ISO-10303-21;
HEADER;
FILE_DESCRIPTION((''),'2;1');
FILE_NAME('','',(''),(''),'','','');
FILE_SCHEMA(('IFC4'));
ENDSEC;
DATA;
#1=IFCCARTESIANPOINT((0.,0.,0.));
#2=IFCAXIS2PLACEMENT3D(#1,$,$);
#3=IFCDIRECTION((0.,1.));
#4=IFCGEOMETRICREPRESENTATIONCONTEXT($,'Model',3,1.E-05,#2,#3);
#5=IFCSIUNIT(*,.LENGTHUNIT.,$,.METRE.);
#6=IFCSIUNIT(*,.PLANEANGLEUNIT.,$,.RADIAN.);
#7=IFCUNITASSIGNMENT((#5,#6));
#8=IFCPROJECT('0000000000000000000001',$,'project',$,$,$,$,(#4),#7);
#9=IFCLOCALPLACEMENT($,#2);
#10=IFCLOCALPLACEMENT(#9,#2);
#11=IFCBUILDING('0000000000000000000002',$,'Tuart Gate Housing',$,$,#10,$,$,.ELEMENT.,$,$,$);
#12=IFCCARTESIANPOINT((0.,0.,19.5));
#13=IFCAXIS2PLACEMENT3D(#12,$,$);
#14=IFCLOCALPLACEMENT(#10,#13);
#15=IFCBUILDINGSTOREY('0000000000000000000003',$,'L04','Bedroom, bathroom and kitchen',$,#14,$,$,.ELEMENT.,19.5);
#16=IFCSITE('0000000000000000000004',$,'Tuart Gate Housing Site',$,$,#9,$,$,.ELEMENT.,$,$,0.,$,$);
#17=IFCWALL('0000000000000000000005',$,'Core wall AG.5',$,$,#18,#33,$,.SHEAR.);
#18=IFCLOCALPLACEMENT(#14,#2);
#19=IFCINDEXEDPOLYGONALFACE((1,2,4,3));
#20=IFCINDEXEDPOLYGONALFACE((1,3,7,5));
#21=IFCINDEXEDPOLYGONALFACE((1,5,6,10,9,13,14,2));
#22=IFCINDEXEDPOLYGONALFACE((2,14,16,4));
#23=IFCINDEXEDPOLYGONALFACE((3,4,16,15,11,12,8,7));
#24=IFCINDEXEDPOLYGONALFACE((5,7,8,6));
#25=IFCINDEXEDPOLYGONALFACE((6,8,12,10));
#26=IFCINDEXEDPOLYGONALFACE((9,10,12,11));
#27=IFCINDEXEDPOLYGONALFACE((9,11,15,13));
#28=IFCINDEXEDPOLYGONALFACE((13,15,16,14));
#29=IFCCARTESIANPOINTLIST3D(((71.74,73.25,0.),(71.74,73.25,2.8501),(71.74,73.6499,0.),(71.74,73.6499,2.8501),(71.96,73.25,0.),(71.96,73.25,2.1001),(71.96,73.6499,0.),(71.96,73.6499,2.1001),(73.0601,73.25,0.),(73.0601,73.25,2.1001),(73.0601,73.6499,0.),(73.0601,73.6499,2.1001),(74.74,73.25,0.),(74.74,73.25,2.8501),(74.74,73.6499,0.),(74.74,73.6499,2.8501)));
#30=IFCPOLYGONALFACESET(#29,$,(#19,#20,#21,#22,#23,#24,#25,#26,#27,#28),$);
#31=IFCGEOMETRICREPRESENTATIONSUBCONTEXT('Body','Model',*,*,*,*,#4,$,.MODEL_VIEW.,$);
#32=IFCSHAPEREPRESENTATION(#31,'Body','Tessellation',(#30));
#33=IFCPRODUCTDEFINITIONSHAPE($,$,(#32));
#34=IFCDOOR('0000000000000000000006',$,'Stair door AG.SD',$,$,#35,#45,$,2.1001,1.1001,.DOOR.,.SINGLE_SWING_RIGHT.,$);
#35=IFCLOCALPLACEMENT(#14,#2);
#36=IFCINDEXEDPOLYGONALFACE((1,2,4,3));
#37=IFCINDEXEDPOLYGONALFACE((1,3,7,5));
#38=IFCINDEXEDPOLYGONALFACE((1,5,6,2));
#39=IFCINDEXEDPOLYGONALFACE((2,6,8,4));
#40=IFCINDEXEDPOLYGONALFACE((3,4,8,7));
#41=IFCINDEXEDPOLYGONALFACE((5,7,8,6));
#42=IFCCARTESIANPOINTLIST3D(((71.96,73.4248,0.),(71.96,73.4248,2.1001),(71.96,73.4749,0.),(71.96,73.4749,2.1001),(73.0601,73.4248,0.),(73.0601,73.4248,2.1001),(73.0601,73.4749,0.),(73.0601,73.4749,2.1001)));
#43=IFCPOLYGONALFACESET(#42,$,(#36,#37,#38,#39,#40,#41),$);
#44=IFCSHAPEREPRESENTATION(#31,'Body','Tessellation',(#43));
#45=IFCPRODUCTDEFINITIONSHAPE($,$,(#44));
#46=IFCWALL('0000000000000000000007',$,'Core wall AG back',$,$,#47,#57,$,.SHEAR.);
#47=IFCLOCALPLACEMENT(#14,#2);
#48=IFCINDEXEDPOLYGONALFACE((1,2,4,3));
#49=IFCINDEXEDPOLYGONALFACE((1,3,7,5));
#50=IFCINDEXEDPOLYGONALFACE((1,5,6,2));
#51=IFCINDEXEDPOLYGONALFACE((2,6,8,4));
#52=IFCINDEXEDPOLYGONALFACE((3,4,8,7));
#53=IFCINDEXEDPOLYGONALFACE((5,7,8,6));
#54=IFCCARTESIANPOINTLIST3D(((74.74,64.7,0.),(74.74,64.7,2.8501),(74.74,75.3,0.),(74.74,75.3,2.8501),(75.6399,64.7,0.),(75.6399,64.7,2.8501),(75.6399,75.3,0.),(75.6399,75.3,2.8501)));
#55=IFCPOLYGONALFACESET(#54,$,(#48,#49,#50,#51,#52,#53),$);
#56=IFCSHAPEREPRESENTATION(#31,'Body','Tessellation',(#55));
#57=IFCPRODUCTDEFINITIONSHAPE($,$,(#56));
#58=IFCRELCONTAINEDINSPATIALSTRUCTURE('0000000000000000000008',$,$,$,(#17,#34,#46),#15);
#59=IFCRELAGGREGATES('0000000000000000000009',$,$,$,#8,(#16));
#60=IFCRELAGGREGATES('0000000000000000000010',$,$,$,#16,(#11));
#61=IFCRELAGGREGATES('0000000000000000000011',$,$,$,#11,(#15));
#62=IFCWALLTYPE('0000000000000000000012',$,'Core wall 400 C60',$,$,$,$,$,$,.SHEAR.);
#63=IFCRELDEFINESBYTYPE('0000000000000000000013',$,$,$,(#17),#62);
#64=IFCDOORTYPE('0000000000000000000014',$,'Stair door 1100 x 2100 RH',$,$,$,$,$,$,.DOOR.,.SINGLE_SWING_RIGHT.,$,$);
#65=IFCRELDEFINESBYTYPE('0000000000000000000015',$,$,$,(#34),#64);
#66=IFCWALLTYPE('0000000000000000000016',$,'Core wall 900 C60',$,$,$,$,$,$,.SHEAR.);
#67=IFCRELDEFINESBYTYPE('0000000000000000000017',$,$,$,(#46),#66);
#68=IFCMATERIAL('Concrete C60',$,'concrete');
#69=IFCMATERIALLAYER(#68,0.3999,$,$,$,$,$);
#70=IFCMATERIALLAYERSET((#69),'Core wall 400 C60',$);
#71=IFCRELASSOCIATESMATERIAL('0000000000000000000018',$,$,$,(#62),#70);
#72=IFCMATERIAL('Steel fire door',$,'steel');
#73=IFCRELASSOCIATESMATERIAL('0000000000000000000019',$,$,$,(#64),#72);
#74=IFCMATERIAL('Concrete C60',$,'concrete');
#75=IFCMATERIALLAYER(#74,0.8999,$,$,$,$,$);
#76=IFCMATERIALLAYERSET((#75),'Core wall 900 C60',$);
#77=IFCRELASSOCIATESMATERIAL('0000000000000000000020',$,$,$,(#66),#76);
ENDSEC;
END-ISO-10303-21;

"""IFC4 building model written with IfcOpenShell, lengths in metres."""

from ifc_helpers import new_model, si_unit, direction, frame, frame_2d, origin, place, context, subcontext, project, spatial, rectangle, extrude, material, layer, layer_set, type_object, element, fill, save


model = new_model("IFC4")

# Units and contexts
model_context = context("Model", 3, precision=1e-05, world=origin(), true_north=direction((0.0, 1.0)))
body_context = subcontext(model_context, "Body", "Model", "MODEL_VIEW")
ifc_project = project(units=[si_unit("LENGTHUNIT", "METRE"), si_unit("PLANEANGLEUNIT", "RADIAN")], contexts=[model_context])

# Site, building, storey
site_placement = place(None, origin())
site = spatial("IfcSite", under=ifc_project, at=site_placement, Name="Tuart Gate Housing Site", CompositionType="ELEMENT", RefElevation=0.0)
building_placement = place(site_placement, origin())
building = spatial("IfcBuilding", under=site, at=building_placement, Name="Tuart Gate Housing", CompositionType="ELEMENT")
storey_placement = place(building_placement, frame((0.0, 0.0, 19.5)))
storey = spatial("IfcBuildingStorey", under=building, at=storey_placement, Name="L04", Description="Bedroom, bathroom and kitchen", CompositionType="ELEMENT", Elevation=19.5)

# Wall, opening, door
ifc_material_1 = material(Name="Concrete C60", Category="concrete")
ifc_layer_1 = layer(ifc_material_1, 0.3999)
ifc_layer_set_1 = layer_set([ifc_layer_1], Name="Core wall 400 C60")
wall_type_1 = type_object("IfcWallType", Name="Core wall 400 C60", PredefinedType="SHEAR", material=ifc_layer_set_1)
wall_1_placement = place(storey_placement, frame((71.74, 73.45, 0.0), z_axis=(0.0, 0.0, 1.0), x_axis=(1.0, 0.0, 0.0)))
wall_1 = element("IfcWall", 1, at=wall_1_placement, inside=storey, type_object=wall_type_1, Name="Core wall AG.5", PredefinedType="SHEAR", context=body_context, shape_type="SweptSolid", body=[
    extrude(rectangle(XDim=3.0, YDim=0.3999, at=frame_2d((1.5, 0.0))), origin(), (0.0, 0.0, 1.0), 2.8501),
])
opening_1_placement = place(wall_1_placement, frame((0.22, 0.0, 0.0)))
opening_1 = element("IfcOpeningElement", 2, at=opening_1_placement, cuts=wall_1, PredefinedType="OPENING", context=body_context, shape_type="SweptSolid", body=[
    extrude(rectangle(XDim=1.1001, YDim=2.1001, at=frame_2d((0.55, 1.05))), frame((0.0, 0.21, 0.0), z_axis=(0.0, -1.0, 0.0), x_axis=(1.0, 0.0, 0.0)), (0.0, 0.0, 1.0), 0.4199),
])
ifc_material_2 = material(Name="Steel fire door", Category="steel")
door_type = type_object("IfcDoorType", Name="Stair door 1100 x 2100 RH", OperationType="SINGLE_SWING_RIGHT", PredefinedType="DOOR", material=ifc_material_2)
door_placement = place(opening_1_placement, frame((1.1001, 0.0, 0.0), z_axis=(0.0, 0.0, 1.0), x_axis=(-1.0, 0.0, 0.0)))
door = element("IfcDoor", 3, at=door_placement, inside=storey, type_object=door_type, Name="Stair door AG.SD", OperationType="SINGLE_SWING_RIGHT", OverallHeight=2.1001, OverallWidth=1.1001, PredefinedType="DOOR", context=body_context, shape_type="SweptSolid", body=[
    extrude(rectangle(XDim=1.1001, YDim=2.1001, at=frame_2d((0.55, 1.05))), frame((0.0, 0.0251, 0.0), z_axis=(0.0, -1.0, 0.0), x_axis=(1.0, 0.0, 0.0)), (0.0, 0.0, 1.0), 0.05),
])
fill(opening_1, door)

# Wall
ifc_material_3 = material(Name="Concrete C60", Category="concrete")
ifc_layer_2 = layer(ifc_material_3, 0.8999)
ifc_layer_set_2 = layer_set([ifc_layer_2], Name="Core wall 900 C60")
wall_type_2 = type_object("IfcWallType", Name="Core wall 900 C60", PredefinedType="SHEAR", material=ifc_layer_set_2)
wall_2_placement = place(storey_placement, frame((75.1899, 64.7, 0.0), z_axis=(0.0, 0.0, 1.0), x_axis=(0.0, 1.0, 0.0)))
element("IfcWall", 4, at=wall_2_placement, inside=storey, type_object=wall_type_2, Name="Core wall AG back", PredefinedType="SHEAR", context=body_context, shape_type="SweptSolid", body=[
    extrude(rectangle(XDim=10.6001, YDim=0.8999, at=frame_2d((5.3, 0.0))), origin(), (0.0, 0.0, 1.0), 2.8501),
])

save(model, "model.ifc")
